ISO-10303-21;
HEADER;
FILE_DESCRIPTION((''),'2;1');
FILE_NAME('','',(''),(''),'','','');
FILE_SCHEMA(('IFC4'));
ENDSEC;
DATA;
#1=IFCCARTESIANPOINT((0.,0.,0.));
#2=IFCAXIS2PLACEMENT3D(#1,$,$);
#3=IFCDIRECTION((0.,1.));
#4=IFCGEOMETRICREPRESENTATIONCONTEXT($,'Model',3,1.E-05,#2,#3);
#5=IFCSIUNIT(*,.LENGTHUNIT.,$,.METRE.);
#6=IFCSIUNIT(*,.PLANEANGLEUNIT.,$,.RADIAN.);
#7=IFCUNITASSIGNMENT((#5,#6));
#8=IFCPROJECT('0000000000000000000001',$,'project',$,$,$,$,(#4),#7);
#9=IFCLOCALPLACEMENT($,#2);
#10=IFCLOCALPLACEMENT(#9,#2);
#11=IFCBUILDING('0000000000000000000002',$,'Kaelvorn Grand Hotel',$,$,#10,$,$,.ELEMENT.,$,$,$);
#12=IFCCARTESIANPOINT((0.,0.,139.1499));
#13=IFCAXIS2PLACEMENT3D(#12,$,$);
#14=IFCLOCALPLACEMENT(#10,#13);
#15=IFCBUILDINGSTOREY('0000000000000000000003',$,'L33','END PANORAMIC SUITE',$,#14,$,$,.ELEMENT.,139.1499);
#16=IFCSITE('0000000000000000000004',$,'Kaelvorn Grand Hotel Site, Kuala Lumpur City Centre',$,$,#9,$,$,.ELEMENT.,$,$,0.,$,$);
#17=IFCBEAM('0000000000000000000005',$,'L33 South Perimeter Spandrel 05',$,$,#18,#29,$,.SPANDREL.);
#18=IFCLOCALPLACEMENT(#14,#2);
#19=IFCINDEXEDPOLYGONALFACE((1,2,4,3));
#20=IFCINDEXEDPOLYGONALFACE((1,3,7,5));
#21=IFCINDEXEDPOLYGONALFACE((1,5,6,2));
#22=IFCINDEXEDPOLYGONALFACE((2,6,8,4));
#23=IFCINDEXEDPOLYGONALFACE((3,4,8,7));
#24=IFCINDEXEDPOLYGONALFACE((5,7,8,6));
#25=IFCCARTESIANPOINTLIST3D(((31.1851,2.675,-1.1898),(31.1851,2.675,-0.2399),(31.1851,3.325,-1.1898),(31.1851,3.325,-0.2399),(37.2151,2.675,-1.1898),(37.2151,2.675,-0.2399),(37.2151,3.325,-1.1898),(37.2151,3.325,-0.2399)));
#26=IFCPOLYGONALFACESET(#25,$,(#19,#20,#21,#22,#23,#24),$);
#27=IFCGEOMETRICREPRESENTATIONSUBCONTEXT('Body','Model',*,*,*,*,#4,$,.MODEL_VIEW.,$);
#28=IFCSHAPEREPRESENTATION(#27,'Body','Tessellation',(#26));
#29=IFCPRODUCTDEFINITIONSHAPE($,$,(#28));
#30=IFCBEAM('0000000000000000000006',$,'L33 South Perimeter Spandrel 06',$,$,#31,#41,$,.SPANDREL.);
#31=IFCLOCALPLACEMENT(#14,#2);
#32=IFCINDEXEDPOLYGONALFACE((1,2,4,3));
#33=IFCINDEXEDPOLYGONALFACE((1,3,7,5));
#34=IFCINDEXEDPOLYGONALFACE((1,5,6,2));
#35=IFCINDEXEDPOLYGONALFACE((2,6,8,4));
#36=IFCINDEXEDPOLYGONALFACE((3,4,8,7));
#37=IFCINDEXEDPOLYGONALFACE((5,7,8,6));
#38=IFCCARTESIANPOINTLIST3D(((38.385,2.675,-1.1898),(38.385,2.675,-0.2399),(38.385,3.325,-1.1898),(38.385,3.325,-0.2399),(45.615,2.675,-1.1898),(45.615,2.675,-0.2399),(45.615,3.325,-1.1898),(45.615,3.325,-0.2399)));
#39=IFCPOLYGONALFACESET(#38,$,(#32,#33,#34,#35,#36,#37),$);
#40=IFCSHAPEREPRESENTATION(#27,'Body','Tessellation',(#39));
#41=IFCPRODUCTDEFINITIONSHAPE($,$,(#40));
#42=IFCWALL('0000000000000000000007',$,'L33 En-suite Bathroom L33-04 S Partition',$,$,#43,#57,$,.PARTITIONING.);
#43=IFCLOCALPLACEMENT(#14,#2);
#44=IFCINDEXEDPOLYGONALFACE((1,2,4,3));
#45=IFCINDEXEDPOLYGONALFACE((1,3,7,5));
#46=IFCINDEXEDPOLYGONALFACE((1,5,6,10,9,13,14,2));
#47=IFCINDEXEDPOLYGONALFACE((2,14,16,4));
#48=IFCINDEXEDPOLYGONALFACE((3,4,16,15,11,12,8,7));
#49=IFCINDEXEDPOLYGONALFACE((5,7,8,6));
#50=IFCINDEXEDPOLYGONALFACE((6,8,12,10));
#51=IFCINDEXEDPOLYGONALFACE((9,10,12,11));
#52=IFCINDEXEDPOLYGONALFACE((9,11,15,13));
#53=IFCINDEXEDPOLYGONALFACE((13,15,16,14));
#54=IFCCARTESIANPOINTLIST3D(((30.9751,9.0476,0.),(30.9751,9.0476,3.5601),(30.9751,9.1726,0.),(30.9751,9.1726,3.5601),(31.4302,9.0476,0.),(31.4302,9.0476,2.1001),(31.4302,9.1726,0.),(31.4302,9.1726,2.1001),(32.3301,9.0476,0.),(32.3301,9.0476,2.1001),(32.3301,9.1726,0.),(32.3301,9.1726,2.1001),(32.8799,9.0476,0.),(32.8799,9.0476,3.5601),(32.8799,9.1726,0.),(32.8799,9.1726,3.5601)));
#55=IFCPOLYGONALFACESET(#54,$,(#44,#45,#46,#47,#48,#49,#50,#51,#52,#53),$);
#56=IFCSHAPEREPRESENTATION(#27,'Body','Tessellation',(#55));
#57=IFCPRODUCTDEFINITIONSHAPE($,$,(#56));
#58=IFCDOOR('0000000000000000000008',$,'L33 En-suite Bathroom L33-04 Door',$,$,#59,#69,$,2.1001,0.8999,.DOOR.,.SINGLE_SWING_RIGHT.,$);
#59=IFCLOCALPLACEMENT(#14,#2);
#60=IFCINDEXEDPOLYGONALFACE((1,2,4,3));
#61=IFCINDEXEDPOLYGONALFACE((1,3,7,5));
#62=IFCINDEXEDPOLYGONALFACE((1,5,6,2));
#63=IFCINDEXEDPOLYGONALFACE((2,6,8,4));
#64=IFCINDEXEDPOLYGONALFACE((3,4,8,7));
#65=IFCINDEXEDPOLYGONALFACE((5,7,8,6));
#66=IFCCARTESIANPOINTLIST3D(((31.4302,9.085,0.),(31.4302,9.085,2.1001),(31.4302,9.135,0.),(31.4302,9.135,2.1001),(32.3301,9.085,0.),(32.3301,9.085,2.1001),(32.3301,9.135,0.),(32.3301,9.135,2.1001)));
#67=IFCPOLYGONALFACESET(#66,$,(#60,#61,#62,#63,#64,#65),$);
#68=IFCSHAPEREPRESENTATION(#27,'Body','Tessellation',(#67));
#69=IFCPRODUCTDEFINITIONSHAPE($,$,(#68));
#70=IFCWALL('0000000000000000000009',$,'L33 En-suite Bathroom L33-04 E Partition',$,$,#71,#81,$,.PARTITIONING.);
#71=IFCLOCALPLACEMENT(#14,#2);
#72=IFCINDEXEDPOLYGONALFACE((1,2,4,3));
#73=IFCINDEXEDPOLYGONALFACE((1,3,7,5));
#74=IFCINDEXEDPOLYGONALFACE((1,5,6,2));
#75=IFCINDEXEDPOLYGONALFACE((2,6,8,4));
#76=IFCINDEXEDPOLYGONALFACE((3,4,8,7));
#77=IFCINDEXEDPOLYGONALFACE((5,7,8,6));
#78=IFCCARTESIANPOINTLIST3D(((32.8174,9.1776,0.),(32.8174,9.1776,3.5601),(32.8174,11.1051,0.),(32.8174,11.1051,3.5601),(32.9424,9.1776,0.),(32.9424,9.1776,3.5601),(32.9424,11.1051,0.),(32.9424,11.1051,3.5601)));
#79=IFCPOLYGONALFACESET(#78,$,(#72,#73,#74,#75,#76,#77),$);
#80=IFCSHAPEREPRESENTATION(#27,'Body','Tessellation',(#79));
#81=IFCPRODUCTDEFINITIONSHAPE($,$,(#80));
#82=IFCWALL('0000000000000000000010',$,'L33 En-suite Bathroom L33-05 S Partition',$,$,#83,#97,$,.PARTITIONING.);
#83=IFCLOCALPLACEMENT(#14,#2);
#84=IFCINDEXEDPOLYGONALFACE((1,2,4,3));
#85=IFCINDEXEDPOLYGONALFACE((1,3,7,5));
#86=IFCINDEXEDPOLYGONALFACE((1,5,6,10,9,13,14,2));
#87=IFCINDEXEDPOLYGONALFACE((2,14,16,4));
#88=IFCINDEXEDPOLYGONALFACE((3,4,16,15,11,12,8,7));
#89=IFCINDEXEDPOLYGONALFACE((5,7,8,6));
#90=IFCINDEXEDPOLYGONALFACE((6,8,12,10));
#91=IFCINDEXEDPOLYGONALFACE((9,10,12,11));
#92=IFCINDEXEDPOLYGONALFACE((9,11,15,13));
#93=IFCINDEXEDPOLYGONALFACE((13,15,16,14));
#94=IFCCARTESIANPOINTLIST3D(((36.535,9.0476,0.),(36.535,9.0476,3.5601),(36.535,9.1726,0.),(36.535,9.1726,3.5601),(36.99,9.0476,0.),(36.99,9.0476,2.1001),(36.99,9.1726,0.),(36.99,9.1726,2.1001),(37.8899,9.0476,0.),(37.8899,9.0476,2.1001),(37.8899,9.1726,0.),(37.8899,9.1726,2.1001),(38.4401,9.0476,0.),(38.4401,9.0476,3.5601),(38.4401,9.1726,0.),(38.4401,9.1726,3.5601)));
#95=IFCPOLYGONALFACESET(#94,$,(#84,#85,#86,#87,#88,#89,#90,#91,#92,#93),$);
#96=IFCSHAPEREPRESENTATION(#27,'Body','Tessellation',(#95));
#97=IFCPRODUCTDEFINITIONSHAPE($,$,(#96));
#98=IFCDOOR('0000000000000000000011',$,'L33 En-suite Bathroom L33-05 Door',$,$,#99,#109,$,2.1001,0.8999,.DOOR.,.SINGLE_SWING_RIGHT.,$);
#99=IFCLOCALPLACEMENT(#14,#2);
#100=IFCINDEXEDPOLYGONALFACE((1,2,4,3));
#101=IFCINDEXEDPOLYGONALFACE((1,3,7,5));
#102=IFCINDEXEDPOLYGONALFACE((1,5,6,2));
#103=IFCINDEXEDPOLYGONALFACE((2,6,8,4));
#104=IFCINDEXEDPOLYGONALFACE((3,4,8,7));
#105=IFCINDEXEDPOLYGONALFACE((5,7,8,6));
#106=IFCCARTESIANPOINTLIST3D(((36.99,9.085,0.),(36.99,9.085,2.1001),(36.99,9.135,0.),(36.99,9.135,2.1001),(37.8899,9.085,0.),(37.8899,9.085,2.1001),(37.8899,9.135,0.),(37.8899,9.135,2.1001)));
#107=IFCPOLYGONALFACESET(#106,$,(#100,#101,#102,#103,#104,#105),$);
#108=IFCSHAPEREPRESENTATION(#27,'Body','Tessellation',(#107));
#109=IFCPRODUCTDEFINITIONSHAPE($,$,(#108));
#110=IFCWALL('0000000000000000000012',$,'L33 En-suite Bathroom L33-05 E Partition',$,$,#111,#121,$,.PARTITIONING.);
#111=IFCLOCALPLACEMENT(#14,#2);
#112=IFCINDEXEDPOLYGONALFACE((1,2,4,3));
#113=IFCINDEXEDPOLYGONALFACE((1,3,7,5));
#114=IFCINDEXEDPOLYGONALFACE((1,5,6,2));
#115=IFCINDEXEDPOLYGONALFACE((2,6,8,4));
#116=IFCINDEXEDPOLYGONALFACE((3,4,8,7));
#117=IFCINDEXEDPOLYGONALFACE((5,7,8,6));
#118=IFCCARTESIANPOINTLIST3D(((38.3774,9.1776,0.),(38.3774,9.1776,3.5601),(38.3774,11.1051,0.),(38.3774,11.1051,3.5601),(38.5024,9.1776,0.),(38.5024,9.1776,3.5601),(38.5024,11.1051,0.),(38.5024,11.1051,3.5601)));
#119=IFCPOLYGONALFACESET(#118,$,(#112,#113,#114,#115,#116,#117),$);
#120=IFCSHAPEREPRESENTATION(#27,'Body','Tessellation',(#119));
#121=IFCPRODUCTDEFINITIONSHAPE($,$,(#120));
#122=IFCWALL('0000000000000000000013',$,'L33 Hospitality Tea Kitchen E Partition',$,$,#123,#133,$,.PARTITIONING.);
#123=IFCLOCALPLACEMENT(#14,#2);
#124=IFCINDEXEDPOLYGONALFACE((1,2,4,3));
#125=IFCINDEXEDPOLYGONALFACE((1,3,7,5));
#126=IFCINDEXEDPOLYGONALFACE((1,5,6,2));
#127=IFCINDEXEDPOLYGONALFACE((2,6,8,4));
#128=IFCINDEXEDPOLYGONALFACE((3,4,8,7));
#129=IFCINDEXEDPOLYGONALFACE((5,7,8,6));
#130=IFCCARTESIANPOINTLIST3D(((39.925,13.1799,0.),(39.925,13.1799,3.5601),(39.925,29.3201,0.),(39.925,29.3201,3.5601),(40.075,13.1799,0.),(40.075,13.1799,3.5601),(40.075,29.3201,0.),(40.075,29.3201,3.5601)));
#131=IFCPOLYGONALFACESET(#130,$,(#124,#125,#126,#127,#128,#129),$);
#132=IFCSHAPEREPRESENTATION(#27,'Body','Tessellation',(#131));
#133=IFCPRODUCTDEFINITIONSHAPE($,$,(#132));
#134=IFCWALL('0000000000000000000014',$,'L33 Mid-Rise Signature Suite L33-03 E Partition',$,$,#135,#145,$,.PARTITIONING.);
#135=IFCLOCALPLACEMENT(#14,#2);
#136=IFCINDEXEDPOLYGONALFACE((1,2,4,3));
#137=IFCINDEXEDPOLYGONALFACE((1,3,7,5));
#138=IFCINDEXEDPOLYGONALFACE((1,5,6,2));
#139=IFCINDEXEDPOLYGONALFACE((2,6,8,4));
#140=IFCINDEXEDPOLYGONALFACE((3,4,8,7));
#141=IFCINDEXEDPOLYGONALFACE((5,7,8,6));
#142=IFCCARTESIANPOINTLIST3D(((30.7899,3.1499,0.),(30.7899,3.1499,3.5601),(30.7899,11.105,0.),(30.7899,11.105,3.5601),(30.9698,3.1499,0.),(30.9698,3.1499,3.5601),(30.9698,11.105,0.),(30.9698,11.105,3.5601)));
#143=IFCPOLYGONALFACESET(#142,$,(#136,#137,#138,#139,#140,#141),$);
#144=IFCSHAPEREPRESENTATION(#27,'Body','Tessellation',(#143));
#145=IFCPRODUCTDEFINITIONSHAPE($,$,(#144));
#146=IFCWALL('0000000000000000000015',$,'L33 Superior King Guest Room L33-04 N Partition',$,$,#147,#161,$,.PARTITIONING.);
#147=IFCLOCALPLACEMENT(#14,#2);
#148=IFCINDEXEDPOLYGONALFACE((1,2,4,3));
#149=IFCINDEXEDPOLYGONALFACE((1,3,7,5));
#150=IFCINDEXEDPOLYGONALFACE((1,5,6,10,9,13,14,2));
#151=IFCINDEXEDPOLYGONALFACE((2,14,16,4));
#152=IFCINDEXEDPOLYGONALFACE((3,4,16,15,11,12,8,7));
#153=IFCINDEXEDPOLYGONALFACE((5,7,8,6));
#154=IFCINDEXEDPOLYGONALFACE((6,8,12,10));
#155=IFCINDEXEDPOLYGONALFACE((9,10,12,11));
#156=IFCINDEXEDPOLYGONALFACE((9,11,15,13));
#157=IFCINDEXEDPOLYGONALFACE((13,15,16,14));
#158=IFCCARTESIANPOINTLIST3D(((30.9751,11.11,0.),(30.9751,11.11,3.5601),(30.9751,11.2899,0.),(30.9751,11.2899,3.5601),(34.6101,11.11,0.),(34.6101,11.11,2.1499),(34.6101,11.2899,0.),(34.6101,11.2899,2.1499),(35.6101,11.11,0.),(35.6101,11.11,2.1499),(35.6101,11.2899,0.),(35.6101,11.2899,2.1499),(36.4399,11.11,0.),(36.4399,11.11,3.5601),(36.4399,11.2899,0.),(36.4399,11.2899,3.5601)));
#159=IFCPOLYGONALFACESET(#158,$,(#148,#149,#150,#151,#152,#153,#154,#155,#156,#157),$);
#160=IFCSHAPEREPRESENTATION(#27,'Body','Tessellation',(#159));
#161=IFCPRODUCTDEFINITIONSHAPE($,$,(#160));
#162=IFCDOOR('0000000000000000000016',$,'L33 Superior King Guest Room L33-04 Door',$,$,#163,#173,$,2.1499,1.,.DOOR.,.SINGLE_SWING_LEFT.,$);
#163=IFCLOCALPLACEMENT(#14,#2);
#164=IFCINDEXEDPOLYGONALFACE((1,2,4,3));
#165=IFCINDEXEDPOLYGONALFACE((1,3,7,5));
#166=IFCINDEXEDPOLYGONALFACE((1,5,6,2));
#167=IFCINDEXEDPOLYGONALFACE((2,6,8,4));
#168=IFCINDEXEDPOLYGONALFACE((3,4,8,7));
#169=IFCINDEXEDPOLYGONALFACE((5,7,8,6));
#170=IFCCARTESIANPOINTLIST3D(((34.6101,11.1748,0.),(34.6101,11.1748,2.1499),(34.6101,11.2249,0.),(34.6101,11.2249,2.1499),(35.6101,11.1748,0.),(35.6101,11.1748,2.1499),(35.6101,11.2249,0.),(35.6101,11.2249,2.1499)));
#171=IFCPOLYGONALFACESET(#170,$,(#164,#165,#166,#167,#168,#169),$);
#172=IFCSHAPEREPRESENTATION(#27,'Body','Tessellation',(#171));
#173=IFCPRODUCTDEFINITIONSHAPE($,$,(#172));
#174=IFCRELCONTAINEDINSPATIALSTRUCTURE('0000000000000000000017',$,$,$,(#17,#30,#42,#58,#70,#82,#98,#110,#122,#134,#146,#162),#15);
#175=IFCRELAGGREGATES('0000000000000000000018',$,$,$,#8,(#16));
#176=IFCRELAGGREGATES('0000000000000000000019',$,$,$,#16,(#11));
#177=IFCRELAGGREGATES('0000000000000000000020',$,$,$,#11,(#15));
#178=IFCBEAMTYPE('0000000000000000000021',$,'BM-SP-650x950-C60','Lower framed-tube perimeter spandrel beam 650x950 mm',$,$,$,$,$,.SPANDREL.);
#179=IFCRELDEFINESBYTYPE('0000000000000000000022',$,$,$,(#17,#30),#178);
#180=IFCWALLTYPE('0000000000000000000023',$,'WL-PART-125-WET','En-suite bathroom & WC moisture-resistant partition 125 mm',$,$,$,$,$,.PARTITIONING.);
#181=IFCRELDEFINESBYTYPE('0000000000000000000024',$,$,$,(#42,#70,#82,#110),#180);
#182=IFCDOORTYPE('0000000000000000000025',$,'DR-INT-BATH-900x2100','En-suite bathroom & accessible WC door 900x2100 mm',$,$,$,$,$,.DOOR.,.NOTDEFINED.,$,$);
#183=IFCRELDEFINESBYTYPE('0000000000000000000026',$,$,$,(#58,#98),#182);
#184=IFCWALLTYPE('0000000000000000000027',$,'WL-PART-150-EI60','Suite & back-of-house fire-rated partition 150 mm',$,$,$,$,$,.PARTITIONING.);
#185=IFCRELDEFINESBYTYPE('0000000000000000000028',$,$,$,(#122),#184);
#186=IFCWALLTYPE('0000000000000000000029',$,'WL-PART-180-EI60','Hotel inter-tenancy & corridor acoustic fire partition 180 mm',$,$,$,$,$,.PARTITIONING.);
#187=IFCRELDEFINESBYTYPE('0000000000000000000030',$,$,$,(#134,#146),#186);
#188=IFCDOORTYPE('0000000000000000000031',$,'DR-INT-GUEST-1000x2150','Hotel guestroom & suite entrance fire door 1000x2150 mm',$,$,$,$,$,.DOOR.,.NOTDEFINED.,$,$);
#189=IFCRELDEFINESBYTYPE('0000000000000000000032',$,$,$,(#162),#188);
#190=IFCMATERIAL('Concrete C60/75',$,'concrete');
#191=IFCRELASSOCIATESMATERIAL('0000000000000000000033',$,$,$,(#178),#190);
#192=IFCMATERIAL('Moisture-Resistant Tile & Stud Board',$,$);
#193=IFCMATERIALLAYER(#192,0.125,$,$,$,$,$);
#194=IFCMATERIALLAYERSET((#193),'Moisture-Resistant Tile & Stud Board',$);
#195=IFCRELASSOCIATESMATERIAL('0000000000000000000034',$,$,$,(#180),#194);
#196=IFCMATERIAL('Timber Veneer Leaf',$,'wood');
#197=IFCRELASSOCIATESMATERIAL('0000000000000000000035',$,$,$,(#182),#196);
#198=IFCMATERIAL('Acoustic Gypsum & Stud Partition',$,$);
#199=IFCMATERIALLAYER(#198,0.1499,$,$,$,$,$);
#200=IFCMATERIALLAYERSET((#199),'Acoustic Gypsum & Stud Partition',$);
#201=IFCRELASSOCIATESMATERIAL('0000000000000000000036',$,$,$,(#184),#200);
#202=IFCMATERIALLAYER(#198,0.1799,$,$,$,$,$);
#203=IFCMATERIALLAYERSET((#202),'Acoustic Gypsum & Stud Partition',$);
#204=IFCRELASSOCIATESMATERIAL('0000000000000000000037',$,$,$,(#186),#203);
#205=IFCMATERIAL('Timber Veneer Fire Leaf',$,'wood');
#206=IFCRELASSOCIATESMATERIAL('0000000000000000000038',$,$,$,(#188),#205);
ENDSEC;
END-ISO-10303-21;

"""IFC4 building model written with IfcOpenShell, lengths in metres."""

from ifc_helpers import new_model, si_unit, direction, frame, frame_2d, origin, origin_2d, place, context, subcontext, project, spatial, rectangle, extrude, material, layer, layer_set, material_profile, profile_set, type_object, element, fill, save


model = new_model("IFC4")

# Units and contexts
model_context = context("Model", 3, precision=1e-05, world=origin(), true_north=direction((0.0, 1.0)))
body_context = subcontext(model_context, "Body", "Model", "MODEL_VIEW")
ifc_project = project(units=[si_unit("LENGTHUNIT", "METRE"), si_unit("PLANEANGLEUNIT", "RADIAN")], contexts=[model_context])

# Site, building, storey
site_placement = place(None, origin())
site = spatial("IfcSite", under=ifc_project, at=site_placement, Name="Kaelvorn Grand Hotel Site, Kuala Lumpur City Centre", CompositionType="ELEMENT", RefElevation=0.0)
building_placement = place(site_placement, origin())
building = spatial("IfcBuilding", under=site, at=building_placement, Name="Kaelvorn Grand Hotel", CompositionType="ELEMENT")
storey_placement = place(building_placement, frame((0.0, 0.0, 139.1499)))
storey = spatial("IfcBuildingStorey", under=building, at=storey_placement, Name="L33", Description="END PANORAMIC SUITE", CompositionType="ELEMENT", Elevation=139.1499)

# Shared definitions
ifc_material_1 = material(Name="Concrete C60/75", Category="concrete")

# Beams
ifc_material_profile_1 = material_profile(ifc_material_1, rectangle(XDim=0.6499, YDim=0.95, at=origin_2d()), Name="RC SPANDREL 650x950")
ifc_profile_set_1 = profile_set([ifc_material_profile_1], Name="Concrete C60/75")
beam_type_1 = type_object("IfcBeamType", Name="BM-SP-650x950-C60", Description="Lower framed-tube perimeter spandrel beam 650x950 mm", PredefinedType="SPANDREL", material=ifc_profile_set_1)
beam_1_placement = place(storey_placement, frame((31.1851, 3.0, -0.7148), z_axis=(1.0, 0.0, 0.0), x_axis=(0.0, 1.0, 0.0)))
element("IfcBeam", 1, at=beam_1_placement, inside=storey, type_object=beam_type_1, Name="L33 South Perimeter Spandrel 05", PredefinedType="SPANDREL", context=body_context, shape_type="SweptSolid", body=[
    extrude(rectangle(XDim=0.6499, YDim=0.95, at=origin_2d()), origin(), (0.0, 0.0, 1.0), 6.03),
])
beam_2_placement = place(storey_placement, frame((38.385, 3.0, -0.7148), z_axis=(1.0, 0.0, 0.0), x_axis=(0.0, 1.0, 0.0)))
element("IfcBeam", 2, at=beam_2_placement, inside=storey, type_object=beam_type_1, Name="L33 South Perimeter Spandrel 06", PredefinedType="SPANDREL", context=body_context, shape_type="SweptSolid", body=[
    extrude(rectangle(XDim=0.6499, YDim=0.95, at=origin_2d()), origin(), (0.0, 0.0, 1.0), 7.23),
])

# Wall, opening, door
ifc_material_2 = material(Name="Moisture-Resistant Tile & Stud Board")
ifc_layer_1 = layer(ifc_material_2, 0.125)
ifc_layer_set_1 = layer_set([ifc_layer_1], Name="Moisture-Resistant Tile & Stud Board")
wall_type_1 = type_object("IfcWallType", Name="WL-PART-125-WET", Description="En-suite bathroom & WC moisture-resistant partition 125 mm", PredefinedType="PARTITIONING", material=ifc_layer_set_1)
wall_1_placement = place(storey_placement, frame((30.9751, 9.1101, 0.0), z_axis=(0.0, 0.0, 1.0), x_axis=(1.0, 0.0, 0.0)))
wall_1 = element("IfcWall", 3, at=wall_1_placement, inside=storey, type_object=wall_type_1, Name="L33 En-suite Bathroom L33-04 S Partition", PredefinedType="PARTITIONING", context=body_context, shape_type="SweptSolid", body=[
    extrude(rectangle(XDim=1.9048, YDim=0.125, at=frame_2d((0.9524, 0.0))), origin(), (0.0, 0.0, 1.0), 3.5601),
])
opening_1_placement = place(wall_1_placement, frame((0.4551, 0.0, 0.0)))
opening_1 = element("IfcOpeningElement", 4, at=opening_1_placement, cuts=wall_1, PredefinedType="OPENING", context=body_context, shape_type="SweptSolid", body=[
    extrude(rectangle(XDim=0.8999, YDim=2.1001, at=frame_2d((0.45, 1.05))), frame((0.0, 0.0725, 0.0), z_axis=(0.0, -1.0, 0.0), x_axis=(1.0, 0.0, 0.0)), (0.0, 0.0, 1.0), 0.145),
])
ifc_material_3 = material(Name="Timber Veneer Leaf", Category="wood")
door_type_1 = type_object("IfcDoorType", Name="DR-INT-BATH-900x2100", Description="En-suite bathroom & accessible WC door 900x2100 mm", OperationType="NOTDEFINED", PredefinedType="DOOR", material=ifc_material_3)
door_1_placement = place(opening_1_placement, origin())
door_1 = element("IfcDoor", 5, at=door_1_placement, inside=storey, type_object=door_type_1, Name="L33 En-suite Bathroom L33-04 Door", OperationType="SINGLE_SWING_RIGHT", OverallHeight=2.1001, OverallWidth=0.8999, PredefinedType="DOOR", context=body_context, shape_type="SweptSolid", body=[
    extrude(rectangle(XDim=0.8999, YDim=2.1001, at=frame_2d((0.45, 1.05))), frame((0.0, 0.0249, 0.0), z_axis=(0.0, -1.0, 0.0), x_axis=(1.0, 0.0, 0.0)), (0.0, 0.0, 1.0), 0.05),
])
fill(opening_1, door_1)

# Wall
wall_2_placement = place(storey_placement, frame((32.8799, 9.1775, 0.0), z_axis=(0.0, 0.0, 1.0), x_axis=(0.0, 1.0, 0.0)))
element("IfcWall", 6, at=wall_2_placement, inside=storey, type_object=wall_type_1, Name="L33 En-suite Bathroom L33-04 E Partition", PredefinedType="PARTITIONING", context=body_context, shape_type="SweptSolid", body=[
    extrude(rectangle(XDim=1.9275, YDim=0.125, at=frame_2d((0.9639, 0.0))), origin(), (0.0, 0.0, 1.0), 3.5601),
])

# Wall, opening, door
wall_3_placement = place(storey_placement, frame((36.5349, 9.1101, 0.0), z_axis=(0.0, 0.0, 1.0), x_axis=(1.0, 0.0, 0.0)))
wall_3 = element("IfcWall", 7, at=wall_3_placement, inside=storey, type_object=wall_type_1, Name="L33 En-suite Bathroom L33-05 S Partition", PredefinedType="PARTITIONING", context=body_context, shape_type="SweptSolid", body=[
    extrude(rectangle(XDim=1.905, YDim=0.125, at=frame_2d((0.9526, 0.0))), origin(), (0.0, 0.0, 1.0), 3.5601),
])
opening_2_placement = place(wall_3_placement, frame((0.4551, 0.0, 0.0)))
opening_2 = element("IfcOpeningElement", 8, at=opening_2_placement, cuts=wall_3, PredefinedType="OPENING", context=body_context, shape_type="SweptSolid", body=[
    extrude(rectangle(XDim=0.8999, YDim=2.1001, at=frame_2d((0.45, 1.05))), frame((0.0, 0.0725, 0.0), z_axis=(0.0, -1.0, 0.0), x_axis=(1.0, 0.0, 0.0)), (0.0, 0.0, 1.0), 0.145),
])
door_2_placement = place(opening_2_placement, origin())
door_2 = element("IfcDoor", 9, at=door_2_placement, inside=storey, type_object=door_type_1, Name="L33 En-suite Bathroom L33-05 Door", OperationType="SINGLE_SWING_RIGHT", OverallHeight=2.1001, OverallWidth=0.8999, PredefinedType="DOOR", context=body_context, shape_type="SweptSolid", body=[
    extrude(rectangle(XDim=0.8999, YDim=2.1001, at=frame_2d((0.45, 1.05))), frame((0.0, 0.0249, 0.0), z_axis=(0.0, -1.0, 0.0), x_axis=(1.0, 0.0, 0.0)), (0.0, 0.0, 1.0), 0.05),
])
fill(opening_2, door_2)

# Walls
wall_4_placement = place(storey_placement, frame((38.4399, 9.1775, 0.0), z_axis=(0.0, 0.0, 1.0), x_axis=(0.0, 1.0, 0.0)))
element("IfcWall", 10, at=wall_4_placement, inside=storey, type_object=wall_type_1, Name="L33 En-suite Bathroom L33-05 E Partition", PredefinedType="PARTITIONING", context=body_context, shape_type="SweptSolid", body=[
    extrude(rectangle(XDim=1.9275, YDim=0.125, at=frame_2d((0.9639, 0.0))), origin(), (0.0, 0.0, 1.0), 3.5601),
])
ifc_material_4 = material(Name="Acoustic Gypsum & Stud Partition")
ifc_layer_2 = layer(ifc_material_4, 0.1499)
ifc_layer_set_2 = layer_set([ifc_layer_2], Name="Acoustic Gypsum & Stud Partition")
wall_type_2 = type_object("IfcWallType", Name="WL-PART-150-EI60", Description="Suite & back-of-house fire-rated partition 150 mm", PredefinedType="PARTITIONING", material=ifc_layer_set_2)
wall_5_placement = place(storey_placement, frame((40.0, 13.1799, 0.0), z_axis=(0.0, 0.0, 1.0), x_axis=(0.0, 1.0, 0.0)))
element("IfcWall", 11, at=wall_5_placement, inside=storey, type_object=wall_type_2, Name="L33 Hospitality Tea Kitchen E Partition", PredefinedType="PARTITIONING", context=body_context, shape_type="SweptSolid", body=[
    extrude(rectangle(XDim=16.1401, YDim=0.1499, at=frame_2d((8.0701, 0.0))), origin(), (0.0, 0.0, 1.0), 3.5601),
])
ifc_layer_3 = layer(ifc_material_4, 0.1799)
ifc_layer_set_3 = layer_set([ifc_layer_3], Name="Acoustic Gypsum & Stud Partition")
wall_type_3 = type_object("IfcWallType", Name="WL-PART-180-EI60", Description="Hotel inter-tenancy & corridor acoustic fire partition 180 mm", PredefinedType="PARTITIONING", material=ifc_layer_set_3)
wall_6_placement = place(storey_placement, frame((30.8799, 3.1499, 0.0), z_axis=(0.0, 0.0, 1.0), x_axis=(0.0, 1.0, 0.0)))
element("IfcWall", 12, at=wall_6_placement, inside=storey, type_object=wall_type_3, Name="L33 Mid-Rise Signature Suite L33-03 E Partition", PredefinedType="PARTITIONING", context=body_context, shape_type="SweptSolid", body=[
    extrude(rectangle(XDim=7.9551, YDim=0.1799, at=frame_2d((3.9775, 0.0))), origin(), (0.0, 0.0, 1.0), 3.5601),
])

# Wall, opening, door
wall_7_placement = place(storey_placement, frame((30.9751, 11.2, 0.0), z_axis=(0.0, 0.0, 1.0), x_axis=(1.0, 0.0, 0.0)))
wall_7 = element("IfcWall", 13, at=wall_7_placement, inside=storey, type_object=wall_type_3, Name="L33 Superior King Guest Room L33-04 N Partition", PredefinedType="PARTITIONING", context=body_context, shape_type="SweptSolid", body=[
    extrude(rectangle(XDim=5.4648, YDim=0.1799, at=frame_2d((2.7324, 0.0))), origin(), (0.0, 0.0, 1.0), 3.5601),
])
opening_3_placement = place(wall_7_placement, frame((3.635, 0.0, 0.0)))
opening_3 = element("IfcOpeningElement", 14, at=opening_3_placement, cuts=wall_7, PredefinedType="OPENING", context=body_context, shape_type="SweptSolid", body=[
    extrude(rectangle(XDim=1.0, YDim=2.1499, at=frame_2d((0.5, 1.075))), frame((0.0, 0.1001, 0.0), z_axis=(0.0, -1.0, 0.0), x_axis=(1.0, 0.0, 0.0)), (0.0, 0.0, 1.0), 0.2),
])
ifc_material_5 = material(Name="Timber Veneer Fire Leaf", Category="wood")
door_type_2 = type_object("IfcDoorType", Name="DR-INT-GUEST-1000x2150", Description="Hotel guestroom & suite entrance fire door 1000x2150 mm", OperationType="NOTDEFINED", PredefinedType="DOOR", material=ifc_material_5)
door_3_placement = place(opening_3_placement, origin())
door_3 = element("IfcDoor", 15, at=door_3_placement, inside=storey, type_object=door_type_2, Name="L33 Superior King Guest Room L33-04 Door", OperationType="SINGLE_SWING_LEFT", OverallHeight=2.1499, OverallWidth=1.0, PredefinedType="DOOR", context=body_context, shape_type="SweptSolid", body=[
    extrude(rectangle(XDim=1.0, YDim=2.1499, at=frame_2d((0.5, 1.075))), frame((0.0, 0.0249, 0.0), z_axis=(0.0, -1.0, 0.0), x_axis=(1.0, 0.0, 0.0)), (0.0, 0.0, 1.0), 0.05),
])
fill(opening_3, door_3)

save(model, "model.ifc")
